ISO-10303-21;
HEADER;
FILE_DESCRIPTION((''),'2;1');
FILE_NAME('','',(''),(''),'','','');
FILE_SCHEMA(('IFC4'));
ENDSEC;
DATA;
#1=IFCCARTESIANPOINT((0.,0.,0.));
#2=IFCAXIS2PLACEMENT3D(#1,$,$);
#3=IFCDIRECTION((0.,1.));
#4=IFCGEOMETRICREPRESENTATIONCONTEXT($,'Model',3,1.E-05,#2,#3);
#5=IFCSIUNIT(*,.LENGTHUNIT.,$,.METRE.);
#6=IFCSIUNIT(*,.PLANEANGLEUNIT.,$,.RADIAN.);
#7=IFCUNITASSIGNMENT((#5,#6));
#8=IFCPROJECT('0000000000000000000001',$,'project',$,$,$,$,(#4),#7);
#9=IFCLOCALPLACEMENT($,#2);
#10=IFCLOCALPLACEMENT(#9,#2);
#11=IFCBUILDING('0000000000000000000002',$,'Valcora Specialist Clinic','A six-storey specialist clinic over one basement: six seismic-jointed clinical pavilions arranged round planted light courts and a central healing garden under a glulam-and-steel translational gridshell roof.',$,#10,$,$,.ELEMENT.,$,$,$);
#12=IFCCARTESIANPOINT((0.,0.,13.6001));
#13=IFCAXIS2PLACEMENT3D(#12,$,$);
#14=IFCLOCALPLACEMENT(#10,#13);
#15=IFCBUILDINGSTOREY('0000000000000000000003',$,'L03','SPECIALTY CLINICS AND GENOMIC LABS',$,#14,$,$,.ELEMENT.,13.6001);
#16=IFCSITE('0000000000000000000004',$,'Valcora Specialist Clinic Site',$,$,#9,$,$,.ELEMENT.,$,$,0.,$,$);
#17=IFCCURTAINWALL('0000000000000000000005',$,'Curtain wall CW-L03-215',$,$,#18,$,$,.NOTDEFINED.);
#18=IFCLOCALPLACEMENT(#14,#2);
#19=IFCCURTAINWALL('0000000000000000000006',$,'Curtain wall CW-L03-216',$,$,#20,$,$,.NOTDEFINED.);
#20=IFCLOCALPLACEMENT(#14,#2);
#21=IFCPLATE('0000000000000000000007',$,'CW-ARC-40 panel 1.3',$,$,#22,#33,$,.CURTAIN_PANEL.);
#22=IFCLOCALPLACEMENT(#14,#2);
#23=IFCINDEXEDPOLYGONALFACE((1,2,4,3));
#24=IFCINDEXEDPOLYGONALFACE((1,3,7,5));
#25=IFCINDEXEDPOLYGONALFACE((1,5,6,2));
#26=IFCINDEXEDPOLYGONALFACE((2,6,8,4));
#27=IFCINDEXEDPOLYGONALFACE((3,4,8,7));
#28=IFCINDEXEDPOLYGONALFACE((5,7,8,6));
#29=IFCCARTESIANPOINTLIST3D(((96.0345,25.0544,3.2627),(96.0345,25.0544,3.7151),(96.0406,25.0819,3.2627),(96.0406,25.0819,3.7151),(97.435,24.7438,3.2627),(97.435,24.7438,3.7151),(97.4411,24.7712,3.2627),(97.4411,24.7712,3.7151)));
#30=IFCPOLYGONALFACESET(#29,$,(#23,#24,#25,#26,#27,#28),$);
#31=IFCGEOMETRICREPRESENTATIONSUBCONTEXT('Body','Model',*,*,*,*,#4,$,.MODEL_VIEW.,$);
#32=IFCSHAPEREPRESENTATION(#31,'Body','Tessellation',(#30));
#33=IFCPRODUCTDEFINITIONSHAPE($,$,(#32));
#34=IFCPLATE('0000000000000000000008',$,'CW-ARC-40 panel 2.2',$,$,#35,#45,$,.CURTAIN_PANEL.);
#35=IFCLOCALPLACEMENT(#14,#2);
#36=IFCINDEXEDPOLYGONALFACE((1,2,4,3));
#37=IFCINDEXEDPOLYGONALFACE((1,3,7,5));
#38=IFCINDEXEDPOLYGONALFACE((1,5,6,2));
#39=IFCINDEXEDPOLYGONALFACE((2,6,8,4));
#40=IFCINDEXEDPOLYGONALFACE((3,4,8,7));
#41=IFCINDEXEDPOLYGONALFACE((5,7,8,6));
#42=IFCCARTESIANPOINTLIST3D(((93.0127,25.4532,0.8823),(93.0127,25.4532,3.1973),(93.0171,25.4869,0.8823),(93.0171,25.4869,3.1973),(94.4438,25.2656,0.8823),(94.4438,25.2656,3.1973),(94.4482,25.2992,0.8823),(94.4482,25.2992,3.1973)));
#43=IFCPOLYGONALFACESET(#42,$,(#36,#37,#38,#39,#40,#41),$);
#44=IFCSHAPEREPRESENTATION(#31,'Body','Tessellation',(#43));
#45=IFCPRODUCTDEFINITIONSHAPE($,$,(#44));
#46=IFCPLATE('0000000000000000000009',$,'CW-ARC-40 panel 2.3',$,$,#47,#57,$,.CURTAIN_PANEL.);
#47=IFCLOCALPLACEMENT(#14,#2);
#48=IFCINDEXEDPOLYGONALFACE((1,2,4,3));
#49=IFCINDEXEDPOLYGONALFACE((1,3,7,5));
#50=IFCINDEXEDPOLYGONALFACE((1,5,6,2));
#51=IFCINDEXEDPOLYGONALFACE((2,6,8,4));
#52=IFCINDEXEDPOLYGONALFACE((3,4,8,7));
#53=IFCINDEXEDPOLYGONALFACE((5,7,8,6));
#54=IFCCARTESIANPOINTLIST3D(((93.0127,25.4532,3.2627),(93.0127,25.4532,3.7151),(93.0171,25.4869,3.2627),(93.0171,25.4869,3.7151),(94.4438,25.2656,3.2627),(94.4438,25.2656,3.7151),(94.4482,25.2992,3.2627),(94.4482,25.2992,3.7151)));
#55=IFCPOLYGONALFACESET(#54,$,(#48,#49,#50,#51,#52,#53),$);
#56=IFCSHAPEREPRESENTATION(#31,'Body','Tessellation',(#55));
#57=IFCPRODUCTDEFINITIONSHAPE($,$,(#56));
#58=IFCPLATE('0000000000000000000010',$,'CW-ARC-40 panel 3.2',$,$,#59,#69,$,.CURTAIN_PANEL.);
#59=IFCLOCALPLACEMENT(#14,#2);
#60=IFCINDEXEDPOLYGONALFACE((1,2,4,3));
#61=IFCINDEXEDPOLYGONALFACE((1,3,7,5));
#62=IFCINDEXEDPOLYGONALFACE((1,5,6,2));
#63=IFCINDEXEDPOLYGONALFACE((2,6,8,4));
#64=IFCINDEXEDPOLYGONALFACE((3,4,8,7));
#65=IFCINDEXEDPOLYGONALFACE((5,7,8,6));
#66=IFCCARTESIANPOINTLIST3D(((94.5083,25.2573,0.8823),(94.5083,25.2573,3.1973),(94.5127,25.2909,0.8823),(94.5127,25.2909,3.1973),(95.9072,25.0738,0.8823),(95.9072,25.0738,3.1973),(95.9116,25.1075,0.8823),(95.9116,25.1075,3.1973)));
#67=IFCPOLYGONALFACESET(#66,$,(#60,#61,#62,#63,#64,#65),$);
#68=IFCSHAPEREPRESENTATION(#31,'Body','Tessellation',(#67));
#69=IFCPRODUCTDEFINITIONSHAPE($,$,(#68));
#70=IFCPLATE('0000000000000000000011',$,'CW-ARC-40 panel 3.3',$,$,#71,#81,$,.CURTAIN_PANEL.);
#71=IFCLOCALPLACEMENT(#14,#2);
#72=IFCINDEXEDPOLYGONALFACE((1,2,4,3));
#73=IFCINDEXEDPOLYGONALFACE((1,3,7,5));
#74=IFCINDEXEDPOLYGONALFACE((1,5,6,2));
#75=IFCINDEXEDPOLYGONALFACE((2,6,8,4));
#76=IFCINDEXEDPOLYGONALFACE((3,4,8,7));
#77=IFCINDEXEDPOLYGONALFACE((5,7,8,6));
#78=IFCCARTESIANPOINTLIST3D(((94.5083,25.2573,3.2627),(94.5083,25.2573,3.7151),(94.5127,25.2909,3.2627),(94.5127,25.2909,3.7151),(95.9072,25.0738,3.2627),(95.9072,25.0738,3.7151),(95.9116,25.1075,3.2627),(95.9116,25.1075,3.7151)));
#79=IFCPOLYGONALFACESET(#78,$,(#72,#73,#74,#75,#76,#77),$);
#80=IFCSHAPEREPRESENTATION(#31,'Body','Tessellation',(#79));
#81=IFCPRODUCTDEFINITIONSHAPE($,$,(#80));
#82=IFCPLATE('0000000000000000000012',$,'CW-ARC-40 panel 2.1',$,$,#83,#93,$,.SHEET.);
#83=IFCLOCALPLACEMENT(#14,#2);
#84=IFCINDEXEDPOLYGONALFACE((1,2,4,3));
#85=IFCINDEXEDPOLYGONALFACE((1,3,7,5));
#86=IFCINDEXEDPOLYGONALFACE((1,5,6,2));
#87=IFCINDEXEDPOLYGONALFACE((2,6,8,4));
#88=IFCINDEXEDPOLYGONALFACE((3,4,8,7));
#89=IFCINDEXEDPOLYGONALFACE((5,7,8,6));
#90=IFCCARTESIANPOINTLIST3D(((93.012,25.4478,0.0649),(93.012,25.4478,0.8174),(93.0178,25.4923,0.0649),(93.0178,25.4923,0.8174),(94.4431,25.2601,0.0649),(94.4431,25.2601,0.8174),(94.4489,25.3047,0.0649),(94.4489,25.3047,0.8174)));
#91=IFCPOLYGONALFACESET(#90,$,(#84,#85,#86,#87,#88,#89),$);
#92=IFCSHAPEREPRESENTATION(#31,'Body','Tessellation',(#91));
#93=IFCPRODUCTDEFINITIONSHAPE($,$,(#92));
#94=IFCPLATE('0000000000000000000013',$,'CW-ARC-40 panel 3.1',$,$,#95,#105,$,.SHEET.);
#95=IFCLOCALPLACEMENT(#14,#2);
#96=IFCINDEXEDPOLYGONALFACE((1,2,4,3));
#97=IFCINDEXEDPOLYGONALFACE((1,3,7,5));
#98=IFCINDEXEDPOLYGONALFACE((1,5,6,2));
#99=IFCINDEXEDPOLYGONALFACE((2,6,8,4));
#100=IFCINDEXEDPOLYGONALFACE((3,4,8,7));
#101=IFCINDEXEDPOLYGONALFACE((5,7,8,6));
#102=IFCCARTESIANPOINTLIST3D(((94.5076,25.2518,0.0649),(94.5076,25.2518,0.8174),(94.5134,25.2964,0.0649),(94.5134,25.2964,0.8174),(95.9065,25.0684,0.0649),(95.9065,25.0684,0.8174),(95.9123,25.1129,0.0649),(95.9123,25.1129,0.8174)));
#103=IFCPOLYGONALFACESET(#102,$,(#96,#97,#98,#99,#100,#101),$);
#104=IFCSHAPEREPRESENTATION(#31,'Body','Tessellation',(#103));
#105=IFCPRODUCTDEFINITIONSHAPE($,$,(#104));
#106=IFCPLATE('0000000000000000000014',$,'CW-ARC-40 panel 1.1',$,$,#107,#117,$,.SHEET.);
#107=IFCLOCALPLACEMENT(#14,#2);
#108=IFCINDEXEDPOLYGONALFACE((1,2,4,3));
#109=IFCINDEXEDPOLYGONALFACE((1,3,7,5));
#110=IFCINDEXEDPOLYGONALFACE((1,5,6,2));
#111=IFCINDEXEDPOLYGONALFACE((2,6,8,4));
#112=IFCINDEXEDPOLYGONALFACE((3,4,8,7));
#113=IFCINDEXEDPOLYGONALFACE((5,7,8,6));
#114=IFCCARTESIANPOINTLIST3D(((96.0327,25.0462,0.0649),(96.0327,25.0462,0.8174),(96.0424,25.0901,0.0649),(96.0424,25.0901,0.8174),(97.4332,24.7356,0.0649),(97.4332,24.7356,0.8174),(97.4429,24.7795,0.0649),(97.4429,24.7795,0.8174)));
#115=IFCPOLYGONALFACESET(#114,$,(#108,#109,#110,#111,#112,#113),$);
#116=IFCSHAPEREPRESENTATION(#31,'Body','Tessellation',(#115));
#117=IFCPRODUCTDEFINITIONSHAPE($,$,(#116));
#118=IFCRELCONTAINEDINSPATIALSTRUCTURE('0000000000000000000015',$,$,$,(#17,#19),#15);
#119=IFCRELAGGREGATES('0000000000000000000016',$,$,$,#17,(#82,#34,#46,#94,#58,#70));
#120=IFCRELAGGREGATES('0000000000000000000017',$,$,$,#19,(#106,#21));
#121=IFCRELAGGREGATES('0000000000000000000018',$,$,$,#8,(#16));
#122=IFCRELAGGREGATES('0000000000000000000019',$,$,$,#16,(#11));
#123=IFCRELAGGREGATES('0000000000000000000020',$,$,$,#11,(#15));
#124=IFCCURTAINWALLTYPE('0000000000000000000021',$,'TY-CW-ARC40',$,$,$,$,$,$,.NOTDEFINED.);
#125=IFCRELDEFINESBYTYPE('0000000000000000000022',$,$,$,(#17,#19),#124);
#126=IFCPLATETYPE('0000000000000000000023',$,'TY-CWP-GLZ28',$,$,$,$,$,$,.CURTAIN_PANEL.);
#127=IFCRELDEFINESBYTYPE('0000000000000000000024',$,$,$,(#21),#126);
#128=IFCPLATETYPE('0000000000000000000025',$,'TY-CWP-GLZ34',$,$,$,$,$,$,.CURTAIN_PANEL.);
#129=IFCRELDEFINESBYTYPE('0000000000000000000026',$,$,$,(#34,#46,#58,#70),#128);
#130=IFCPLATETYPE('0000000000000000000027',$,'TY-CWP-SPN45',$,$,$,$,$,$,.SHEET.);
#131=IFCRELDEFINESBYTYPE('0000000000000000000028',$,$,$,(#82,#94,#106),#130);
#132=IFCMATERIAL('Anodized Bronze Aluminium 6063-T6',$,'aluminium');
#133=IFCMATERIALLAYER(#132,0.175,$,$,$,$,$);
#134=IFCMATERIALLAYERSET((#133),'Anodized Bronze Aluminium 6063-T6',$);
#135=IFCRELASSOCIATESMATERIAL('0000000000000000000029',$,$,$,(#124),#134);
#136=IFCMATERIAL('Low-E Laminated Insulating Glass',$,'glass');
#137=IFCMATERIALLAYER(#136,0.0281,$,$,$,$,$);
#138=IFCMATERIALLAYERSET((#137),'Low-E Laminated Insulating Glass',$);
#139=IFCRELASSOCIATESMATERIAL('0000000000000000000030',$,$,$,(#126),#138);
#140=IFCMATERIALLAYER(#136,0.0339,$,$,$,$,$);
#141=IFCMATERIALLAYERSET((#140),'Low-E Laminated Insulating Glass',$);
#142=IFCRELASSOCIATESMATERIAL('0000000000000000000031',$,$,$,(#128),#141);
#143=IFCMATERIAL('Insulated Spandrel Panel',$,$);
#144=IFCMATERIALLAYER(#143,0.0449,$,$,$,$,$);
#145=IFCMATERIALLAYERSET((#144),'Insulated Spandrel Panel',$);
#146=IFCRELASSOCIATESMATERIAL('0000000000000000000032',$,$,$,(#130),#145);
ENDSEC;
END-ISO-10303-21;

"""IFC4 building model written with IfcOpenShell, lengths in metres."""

from ifc_helpers import new_model, si_unit, direction, frame, origin, origin_2d, place, context, subcontext, project, spatial, rectangle, extrude, material, layer, layer_set, type_object, element, aggregate, save


model = new_model("IFC4")

# Units and contexts
model_context = context("Model", 3, precision=1e-05, world=origin(), true_north=direction((0.0, 1.0)))
body_context = subcontext(model_context, "Body", "Model", "MODEL_VIEW")
ifc_project = project(units=[si_unit("LENGTHUNIT", "METRE"), si_unit("PLANEANGLEUNIT", "RADIAN")], contexts=[model_context])

# Site, building, storey
site_placement = place(None, origin())
site = spatial("IfcSite", under=ifc_project, at=site_placement, Name="Valcora Specialist Clinic Site", CompositionType="ELEMENT", RefElevation=0.0)
building_placement = place(site_placement, origin())
building = spatial("IfcBuilding", under=site, at=building_placement, Name="Valcora Specialist Clinic", Description="A six-storey specialist clinic over one basement: six seismic-jointed clinical pavilions arranged round planted light courts and a central healing garden under a glulam-and-steel translational gridshell roof.", CompositionType="ELEMENT")
storey_placement = place(building_placement, frame((0.0, 0.0, 13.6001)))
storey = spatial("IfcBuildingStorey", under=building, at=storey_placement, Name="L03", Description="SPECIALTY CLINICS AND GENOMIC LABS", CompositionType="ELEMENT", Elevation=13.6001)

# Curtain walls
ifc_material_1 = material(Name="Anodized Bronze Aluminium 6063-T6", Category="aluminium")
ifc_layer_1 = layer(ifc_material_1, 0.175)
ifc_layer_set_1 = layer_set([ifc_layer_1], Name="Anodized Bronze Aluminium 6063-T6")
curtain_wall_type = type_object("IfcCurtainWallType", Name="TY-CW-ARC40", PredefinedType="NOTDEFINED", material=ifc_layer_set_1)
curtain_wall_1_placement = place(storey_placement, origin())
curtain_wall_1 = element("IfcCurtainWall", 1, at=curtain_wall_1_placement, inside=storey, type_object=curtain_wall_type, Name="Curtain wall CW-L03-215", PredefinedType="NOTDEFINED")
curtain_wall_2_placement = place(storey_placement, origin())
curtain_wall_2 = element("IfcCurtainWall", 2, at=curtain_wall_2_placement, inside=storey, type_object=curtain_wall_type, Name="Curtain wall CW-L03-216", PredefinedType="NOTDEFINED")

# Plates
ifc_material_2 = material(Name="Low-E Laminated Insulating Glass", Category="glass")
ifc_layer_2 = layer(ifc_material_2, 0.0281)
ifc_layer_set_2 = layer_set([ifc_layer_2], Name="Low-E Laminated Insulating Glass")
plate_type_1 = type_object("IfcPlateType", Name="TY-CWP-GLZ28", PredefinedType="CURTAIN_PANEL", material=ifc_layer_set_2)
plate_1_placement = place(storey_placement, frame((96.7378, 24.9128, 3.2627), z_axis=(0.0, 0.0, 1.0), x_axis=(0.976279, -0.216518, 0.0)))
plate_1 = element("IfcPlate", 3, at=plate_1_placement, type_object=plate_type_1, Name="CW-ARC-40 panel 1.3", PredefinedType="CURTAIN_PANEL", context=body_context, shape_type="SweptSolid", body=[
    extrude(rectangle(XDim=1.4346, YDim=0.0281, at=origin_2d()), origin(), (0.0, 0.0, 1.0), 0.4524),
])
ifc_layer_3 = layer(ifc_material_2, 0.0339)
ifc_layer_set_3 = layer_set([ifc_layer_3], Name="Low-E Laminated Insulating Glass")
plate_type_2 = type_object("IfcPlateType", Name="TY-CWP-GLZ34", PredefinedType="CURTAIN_PANEL", material=ifc_layer_set_3)
plate_2_placement = place(storey_placement, frame((93.7305, 25.3762, 0.8823), z_axis=(0.0, 0.0, 1.0), x_axis=(0.991514, -0.129999, 0.0)))
plate_2 = element("IfcPlate", 4, at=plate_2_placement, type_object=plate_type_2, Name="CW-ARC-40 panel 2.2", PredefinedType="CURTAIN_PANEL", context=body_context, shape_type="SweptSolid", body=[
    extrude(rectangle(XDim=1.4434, YDim=0.0339, at=origin_2d()), origin(), (0.0, 0.0, 1.0), 2.3149),
])
plate_3_placement = place(storey_placement, frame((93.7305, 25.3762, 3.2627), z_axis=(0.0, 0.0, 1.0), x_axis=(0.991514, -0.129999, 0.0)))
plate_3 = element("IfcPlate", 5, at=plate_3_placement, type_object=plate_type_2, Name="CW-ARC-40 panel 2.3", PredefinedType="CURTAIN_PANEL", context=body_context, shape_type="SweptSolid", body=[
    extrude(rectangle(XDim=1.4434, YDim=0.0339, at=origin_2d()), origin(), (0.0, 0.0, 1.0), 0.4524),
])
plate_4_placement = place(storey_placement, frame((95.21, 25.1824, 0.8823), z_axis=(0.0, 0.0, 1.0), x_axis=(0.991514, -0.129999, 0.0)))
plate_4 = element("IfcPlate", 6, at=plate_4_placement, type_object=plate_type_2, Name="CW-ARC-40 panel 3.2", PredefinedType="CURTAIN_PANEL", context=body_context, shape_type="SweptSolid", body=[
    extrude(rectangle(XDim=1.4109, YDim=0.0339, at=origin_2d()), origin(), (0.0, 0.0, 1.0), 2.3149),
])
plate_5_placement = place(storey_placement, frame((95.21, 25.1824, 3.2627), z_axis=(0.0, 0.0, 1.0), x_axis=(0.991514, -0.129999, 0.0)))
plate_5 = element("IfcPlate", 7, at=plate_5_placement, type_object=plate_type_2, Name="CW-ARC-40 panel 3.3", PredefinedType="CURTAIN_PANEL", context=body_context, shape_type="SweptSolid", body=[
    extrude(rectangle(XDim=1.4109, YDim=0.0339, at=origin_2d()), origin(), (0.0, 0.0, 1.0), 0.4524),
])
ifc_material_3 = material(Name="Insulated Spandrel Panel")
ifc_layer_4 = layer(ifc_material_3, 0.0449)
ifc_layer_set_4 = layer_set([ifc_layer_4], Name="Insulated Spandrel Panel")
plate_type_3 = type_object("IfcPlateType", Name="TY-CWP-SPN45", PredefinedType="SHEET", material=ifc_layer_set_4)
plate_6_placement = place(storey_placement, frame((93.7305, 25.3762, 0.0649), z_axis=(0.0, 0.0, 1.0), x_axis=(0.991514, -0.129999, 0.0)))
plate_6 = element("IfcPlate", 8, at=plate_6_placement, type_object=plate_type_3, Name="CW-ARC-40 panel 2.1", PredefinedType="SHEET", context=body_context, shape_type="SweptSolid", body=[
    extrude(rectangle(XDim=1.4434, YDim=0.0449, at=origin_2d()), origin(), (0.0, 0.0, 1.0), 0.7524),
])
plate_7_placement = place(storey_placement, frame((95.21, 25.1824, 0.0649), z_axis=(0.0, 0.0, 1.0), x_axis=(0.991514, -0.129999, 0.0)))
plate_7 = element("IfcPlate", 9, at=plate_7_placement, type_object=plate_type_3, Name="CW-ARC-40 panel 3.1", PredefinedType="SHEET", context=body_context, shape_type="SweptSolid", body=[
    extrude(rectangle(XDim=1.4109, YDim=0.0449, at=origin_2d()), origin(), (0.0, 0.0, 1.0), 0.7524),
])
aggregate(curtain_wall_1, [plate_6, plate_2, plate_3, plate_7, plate_4, plate_5])
plate_8_placement = place(storey_placement, frame((96.7378, 24.9128, 0.0649), z_axis=(0.0, 0.0, 1.0), x_axis=(0.976279, -0.216518, 0.0)))
plate_8 = element("IfcPlate", 10, at=plate_8_placement, type_object=plate_type_3, Name="CW-ARC-40 panel 1.1", PredefinedType="SHEET", context=body_context, shape_type="SweptSolid", body=[
    extrude(rectangle(XDim=1.4346, YDim=0.0449, at=origin_2d()), origin(), (0.0, 0.0, 1.0), 0.7524),
])
aggregate(curtain_wall_2, [plate_8, plate_1])

save(model, "model.ifc")
